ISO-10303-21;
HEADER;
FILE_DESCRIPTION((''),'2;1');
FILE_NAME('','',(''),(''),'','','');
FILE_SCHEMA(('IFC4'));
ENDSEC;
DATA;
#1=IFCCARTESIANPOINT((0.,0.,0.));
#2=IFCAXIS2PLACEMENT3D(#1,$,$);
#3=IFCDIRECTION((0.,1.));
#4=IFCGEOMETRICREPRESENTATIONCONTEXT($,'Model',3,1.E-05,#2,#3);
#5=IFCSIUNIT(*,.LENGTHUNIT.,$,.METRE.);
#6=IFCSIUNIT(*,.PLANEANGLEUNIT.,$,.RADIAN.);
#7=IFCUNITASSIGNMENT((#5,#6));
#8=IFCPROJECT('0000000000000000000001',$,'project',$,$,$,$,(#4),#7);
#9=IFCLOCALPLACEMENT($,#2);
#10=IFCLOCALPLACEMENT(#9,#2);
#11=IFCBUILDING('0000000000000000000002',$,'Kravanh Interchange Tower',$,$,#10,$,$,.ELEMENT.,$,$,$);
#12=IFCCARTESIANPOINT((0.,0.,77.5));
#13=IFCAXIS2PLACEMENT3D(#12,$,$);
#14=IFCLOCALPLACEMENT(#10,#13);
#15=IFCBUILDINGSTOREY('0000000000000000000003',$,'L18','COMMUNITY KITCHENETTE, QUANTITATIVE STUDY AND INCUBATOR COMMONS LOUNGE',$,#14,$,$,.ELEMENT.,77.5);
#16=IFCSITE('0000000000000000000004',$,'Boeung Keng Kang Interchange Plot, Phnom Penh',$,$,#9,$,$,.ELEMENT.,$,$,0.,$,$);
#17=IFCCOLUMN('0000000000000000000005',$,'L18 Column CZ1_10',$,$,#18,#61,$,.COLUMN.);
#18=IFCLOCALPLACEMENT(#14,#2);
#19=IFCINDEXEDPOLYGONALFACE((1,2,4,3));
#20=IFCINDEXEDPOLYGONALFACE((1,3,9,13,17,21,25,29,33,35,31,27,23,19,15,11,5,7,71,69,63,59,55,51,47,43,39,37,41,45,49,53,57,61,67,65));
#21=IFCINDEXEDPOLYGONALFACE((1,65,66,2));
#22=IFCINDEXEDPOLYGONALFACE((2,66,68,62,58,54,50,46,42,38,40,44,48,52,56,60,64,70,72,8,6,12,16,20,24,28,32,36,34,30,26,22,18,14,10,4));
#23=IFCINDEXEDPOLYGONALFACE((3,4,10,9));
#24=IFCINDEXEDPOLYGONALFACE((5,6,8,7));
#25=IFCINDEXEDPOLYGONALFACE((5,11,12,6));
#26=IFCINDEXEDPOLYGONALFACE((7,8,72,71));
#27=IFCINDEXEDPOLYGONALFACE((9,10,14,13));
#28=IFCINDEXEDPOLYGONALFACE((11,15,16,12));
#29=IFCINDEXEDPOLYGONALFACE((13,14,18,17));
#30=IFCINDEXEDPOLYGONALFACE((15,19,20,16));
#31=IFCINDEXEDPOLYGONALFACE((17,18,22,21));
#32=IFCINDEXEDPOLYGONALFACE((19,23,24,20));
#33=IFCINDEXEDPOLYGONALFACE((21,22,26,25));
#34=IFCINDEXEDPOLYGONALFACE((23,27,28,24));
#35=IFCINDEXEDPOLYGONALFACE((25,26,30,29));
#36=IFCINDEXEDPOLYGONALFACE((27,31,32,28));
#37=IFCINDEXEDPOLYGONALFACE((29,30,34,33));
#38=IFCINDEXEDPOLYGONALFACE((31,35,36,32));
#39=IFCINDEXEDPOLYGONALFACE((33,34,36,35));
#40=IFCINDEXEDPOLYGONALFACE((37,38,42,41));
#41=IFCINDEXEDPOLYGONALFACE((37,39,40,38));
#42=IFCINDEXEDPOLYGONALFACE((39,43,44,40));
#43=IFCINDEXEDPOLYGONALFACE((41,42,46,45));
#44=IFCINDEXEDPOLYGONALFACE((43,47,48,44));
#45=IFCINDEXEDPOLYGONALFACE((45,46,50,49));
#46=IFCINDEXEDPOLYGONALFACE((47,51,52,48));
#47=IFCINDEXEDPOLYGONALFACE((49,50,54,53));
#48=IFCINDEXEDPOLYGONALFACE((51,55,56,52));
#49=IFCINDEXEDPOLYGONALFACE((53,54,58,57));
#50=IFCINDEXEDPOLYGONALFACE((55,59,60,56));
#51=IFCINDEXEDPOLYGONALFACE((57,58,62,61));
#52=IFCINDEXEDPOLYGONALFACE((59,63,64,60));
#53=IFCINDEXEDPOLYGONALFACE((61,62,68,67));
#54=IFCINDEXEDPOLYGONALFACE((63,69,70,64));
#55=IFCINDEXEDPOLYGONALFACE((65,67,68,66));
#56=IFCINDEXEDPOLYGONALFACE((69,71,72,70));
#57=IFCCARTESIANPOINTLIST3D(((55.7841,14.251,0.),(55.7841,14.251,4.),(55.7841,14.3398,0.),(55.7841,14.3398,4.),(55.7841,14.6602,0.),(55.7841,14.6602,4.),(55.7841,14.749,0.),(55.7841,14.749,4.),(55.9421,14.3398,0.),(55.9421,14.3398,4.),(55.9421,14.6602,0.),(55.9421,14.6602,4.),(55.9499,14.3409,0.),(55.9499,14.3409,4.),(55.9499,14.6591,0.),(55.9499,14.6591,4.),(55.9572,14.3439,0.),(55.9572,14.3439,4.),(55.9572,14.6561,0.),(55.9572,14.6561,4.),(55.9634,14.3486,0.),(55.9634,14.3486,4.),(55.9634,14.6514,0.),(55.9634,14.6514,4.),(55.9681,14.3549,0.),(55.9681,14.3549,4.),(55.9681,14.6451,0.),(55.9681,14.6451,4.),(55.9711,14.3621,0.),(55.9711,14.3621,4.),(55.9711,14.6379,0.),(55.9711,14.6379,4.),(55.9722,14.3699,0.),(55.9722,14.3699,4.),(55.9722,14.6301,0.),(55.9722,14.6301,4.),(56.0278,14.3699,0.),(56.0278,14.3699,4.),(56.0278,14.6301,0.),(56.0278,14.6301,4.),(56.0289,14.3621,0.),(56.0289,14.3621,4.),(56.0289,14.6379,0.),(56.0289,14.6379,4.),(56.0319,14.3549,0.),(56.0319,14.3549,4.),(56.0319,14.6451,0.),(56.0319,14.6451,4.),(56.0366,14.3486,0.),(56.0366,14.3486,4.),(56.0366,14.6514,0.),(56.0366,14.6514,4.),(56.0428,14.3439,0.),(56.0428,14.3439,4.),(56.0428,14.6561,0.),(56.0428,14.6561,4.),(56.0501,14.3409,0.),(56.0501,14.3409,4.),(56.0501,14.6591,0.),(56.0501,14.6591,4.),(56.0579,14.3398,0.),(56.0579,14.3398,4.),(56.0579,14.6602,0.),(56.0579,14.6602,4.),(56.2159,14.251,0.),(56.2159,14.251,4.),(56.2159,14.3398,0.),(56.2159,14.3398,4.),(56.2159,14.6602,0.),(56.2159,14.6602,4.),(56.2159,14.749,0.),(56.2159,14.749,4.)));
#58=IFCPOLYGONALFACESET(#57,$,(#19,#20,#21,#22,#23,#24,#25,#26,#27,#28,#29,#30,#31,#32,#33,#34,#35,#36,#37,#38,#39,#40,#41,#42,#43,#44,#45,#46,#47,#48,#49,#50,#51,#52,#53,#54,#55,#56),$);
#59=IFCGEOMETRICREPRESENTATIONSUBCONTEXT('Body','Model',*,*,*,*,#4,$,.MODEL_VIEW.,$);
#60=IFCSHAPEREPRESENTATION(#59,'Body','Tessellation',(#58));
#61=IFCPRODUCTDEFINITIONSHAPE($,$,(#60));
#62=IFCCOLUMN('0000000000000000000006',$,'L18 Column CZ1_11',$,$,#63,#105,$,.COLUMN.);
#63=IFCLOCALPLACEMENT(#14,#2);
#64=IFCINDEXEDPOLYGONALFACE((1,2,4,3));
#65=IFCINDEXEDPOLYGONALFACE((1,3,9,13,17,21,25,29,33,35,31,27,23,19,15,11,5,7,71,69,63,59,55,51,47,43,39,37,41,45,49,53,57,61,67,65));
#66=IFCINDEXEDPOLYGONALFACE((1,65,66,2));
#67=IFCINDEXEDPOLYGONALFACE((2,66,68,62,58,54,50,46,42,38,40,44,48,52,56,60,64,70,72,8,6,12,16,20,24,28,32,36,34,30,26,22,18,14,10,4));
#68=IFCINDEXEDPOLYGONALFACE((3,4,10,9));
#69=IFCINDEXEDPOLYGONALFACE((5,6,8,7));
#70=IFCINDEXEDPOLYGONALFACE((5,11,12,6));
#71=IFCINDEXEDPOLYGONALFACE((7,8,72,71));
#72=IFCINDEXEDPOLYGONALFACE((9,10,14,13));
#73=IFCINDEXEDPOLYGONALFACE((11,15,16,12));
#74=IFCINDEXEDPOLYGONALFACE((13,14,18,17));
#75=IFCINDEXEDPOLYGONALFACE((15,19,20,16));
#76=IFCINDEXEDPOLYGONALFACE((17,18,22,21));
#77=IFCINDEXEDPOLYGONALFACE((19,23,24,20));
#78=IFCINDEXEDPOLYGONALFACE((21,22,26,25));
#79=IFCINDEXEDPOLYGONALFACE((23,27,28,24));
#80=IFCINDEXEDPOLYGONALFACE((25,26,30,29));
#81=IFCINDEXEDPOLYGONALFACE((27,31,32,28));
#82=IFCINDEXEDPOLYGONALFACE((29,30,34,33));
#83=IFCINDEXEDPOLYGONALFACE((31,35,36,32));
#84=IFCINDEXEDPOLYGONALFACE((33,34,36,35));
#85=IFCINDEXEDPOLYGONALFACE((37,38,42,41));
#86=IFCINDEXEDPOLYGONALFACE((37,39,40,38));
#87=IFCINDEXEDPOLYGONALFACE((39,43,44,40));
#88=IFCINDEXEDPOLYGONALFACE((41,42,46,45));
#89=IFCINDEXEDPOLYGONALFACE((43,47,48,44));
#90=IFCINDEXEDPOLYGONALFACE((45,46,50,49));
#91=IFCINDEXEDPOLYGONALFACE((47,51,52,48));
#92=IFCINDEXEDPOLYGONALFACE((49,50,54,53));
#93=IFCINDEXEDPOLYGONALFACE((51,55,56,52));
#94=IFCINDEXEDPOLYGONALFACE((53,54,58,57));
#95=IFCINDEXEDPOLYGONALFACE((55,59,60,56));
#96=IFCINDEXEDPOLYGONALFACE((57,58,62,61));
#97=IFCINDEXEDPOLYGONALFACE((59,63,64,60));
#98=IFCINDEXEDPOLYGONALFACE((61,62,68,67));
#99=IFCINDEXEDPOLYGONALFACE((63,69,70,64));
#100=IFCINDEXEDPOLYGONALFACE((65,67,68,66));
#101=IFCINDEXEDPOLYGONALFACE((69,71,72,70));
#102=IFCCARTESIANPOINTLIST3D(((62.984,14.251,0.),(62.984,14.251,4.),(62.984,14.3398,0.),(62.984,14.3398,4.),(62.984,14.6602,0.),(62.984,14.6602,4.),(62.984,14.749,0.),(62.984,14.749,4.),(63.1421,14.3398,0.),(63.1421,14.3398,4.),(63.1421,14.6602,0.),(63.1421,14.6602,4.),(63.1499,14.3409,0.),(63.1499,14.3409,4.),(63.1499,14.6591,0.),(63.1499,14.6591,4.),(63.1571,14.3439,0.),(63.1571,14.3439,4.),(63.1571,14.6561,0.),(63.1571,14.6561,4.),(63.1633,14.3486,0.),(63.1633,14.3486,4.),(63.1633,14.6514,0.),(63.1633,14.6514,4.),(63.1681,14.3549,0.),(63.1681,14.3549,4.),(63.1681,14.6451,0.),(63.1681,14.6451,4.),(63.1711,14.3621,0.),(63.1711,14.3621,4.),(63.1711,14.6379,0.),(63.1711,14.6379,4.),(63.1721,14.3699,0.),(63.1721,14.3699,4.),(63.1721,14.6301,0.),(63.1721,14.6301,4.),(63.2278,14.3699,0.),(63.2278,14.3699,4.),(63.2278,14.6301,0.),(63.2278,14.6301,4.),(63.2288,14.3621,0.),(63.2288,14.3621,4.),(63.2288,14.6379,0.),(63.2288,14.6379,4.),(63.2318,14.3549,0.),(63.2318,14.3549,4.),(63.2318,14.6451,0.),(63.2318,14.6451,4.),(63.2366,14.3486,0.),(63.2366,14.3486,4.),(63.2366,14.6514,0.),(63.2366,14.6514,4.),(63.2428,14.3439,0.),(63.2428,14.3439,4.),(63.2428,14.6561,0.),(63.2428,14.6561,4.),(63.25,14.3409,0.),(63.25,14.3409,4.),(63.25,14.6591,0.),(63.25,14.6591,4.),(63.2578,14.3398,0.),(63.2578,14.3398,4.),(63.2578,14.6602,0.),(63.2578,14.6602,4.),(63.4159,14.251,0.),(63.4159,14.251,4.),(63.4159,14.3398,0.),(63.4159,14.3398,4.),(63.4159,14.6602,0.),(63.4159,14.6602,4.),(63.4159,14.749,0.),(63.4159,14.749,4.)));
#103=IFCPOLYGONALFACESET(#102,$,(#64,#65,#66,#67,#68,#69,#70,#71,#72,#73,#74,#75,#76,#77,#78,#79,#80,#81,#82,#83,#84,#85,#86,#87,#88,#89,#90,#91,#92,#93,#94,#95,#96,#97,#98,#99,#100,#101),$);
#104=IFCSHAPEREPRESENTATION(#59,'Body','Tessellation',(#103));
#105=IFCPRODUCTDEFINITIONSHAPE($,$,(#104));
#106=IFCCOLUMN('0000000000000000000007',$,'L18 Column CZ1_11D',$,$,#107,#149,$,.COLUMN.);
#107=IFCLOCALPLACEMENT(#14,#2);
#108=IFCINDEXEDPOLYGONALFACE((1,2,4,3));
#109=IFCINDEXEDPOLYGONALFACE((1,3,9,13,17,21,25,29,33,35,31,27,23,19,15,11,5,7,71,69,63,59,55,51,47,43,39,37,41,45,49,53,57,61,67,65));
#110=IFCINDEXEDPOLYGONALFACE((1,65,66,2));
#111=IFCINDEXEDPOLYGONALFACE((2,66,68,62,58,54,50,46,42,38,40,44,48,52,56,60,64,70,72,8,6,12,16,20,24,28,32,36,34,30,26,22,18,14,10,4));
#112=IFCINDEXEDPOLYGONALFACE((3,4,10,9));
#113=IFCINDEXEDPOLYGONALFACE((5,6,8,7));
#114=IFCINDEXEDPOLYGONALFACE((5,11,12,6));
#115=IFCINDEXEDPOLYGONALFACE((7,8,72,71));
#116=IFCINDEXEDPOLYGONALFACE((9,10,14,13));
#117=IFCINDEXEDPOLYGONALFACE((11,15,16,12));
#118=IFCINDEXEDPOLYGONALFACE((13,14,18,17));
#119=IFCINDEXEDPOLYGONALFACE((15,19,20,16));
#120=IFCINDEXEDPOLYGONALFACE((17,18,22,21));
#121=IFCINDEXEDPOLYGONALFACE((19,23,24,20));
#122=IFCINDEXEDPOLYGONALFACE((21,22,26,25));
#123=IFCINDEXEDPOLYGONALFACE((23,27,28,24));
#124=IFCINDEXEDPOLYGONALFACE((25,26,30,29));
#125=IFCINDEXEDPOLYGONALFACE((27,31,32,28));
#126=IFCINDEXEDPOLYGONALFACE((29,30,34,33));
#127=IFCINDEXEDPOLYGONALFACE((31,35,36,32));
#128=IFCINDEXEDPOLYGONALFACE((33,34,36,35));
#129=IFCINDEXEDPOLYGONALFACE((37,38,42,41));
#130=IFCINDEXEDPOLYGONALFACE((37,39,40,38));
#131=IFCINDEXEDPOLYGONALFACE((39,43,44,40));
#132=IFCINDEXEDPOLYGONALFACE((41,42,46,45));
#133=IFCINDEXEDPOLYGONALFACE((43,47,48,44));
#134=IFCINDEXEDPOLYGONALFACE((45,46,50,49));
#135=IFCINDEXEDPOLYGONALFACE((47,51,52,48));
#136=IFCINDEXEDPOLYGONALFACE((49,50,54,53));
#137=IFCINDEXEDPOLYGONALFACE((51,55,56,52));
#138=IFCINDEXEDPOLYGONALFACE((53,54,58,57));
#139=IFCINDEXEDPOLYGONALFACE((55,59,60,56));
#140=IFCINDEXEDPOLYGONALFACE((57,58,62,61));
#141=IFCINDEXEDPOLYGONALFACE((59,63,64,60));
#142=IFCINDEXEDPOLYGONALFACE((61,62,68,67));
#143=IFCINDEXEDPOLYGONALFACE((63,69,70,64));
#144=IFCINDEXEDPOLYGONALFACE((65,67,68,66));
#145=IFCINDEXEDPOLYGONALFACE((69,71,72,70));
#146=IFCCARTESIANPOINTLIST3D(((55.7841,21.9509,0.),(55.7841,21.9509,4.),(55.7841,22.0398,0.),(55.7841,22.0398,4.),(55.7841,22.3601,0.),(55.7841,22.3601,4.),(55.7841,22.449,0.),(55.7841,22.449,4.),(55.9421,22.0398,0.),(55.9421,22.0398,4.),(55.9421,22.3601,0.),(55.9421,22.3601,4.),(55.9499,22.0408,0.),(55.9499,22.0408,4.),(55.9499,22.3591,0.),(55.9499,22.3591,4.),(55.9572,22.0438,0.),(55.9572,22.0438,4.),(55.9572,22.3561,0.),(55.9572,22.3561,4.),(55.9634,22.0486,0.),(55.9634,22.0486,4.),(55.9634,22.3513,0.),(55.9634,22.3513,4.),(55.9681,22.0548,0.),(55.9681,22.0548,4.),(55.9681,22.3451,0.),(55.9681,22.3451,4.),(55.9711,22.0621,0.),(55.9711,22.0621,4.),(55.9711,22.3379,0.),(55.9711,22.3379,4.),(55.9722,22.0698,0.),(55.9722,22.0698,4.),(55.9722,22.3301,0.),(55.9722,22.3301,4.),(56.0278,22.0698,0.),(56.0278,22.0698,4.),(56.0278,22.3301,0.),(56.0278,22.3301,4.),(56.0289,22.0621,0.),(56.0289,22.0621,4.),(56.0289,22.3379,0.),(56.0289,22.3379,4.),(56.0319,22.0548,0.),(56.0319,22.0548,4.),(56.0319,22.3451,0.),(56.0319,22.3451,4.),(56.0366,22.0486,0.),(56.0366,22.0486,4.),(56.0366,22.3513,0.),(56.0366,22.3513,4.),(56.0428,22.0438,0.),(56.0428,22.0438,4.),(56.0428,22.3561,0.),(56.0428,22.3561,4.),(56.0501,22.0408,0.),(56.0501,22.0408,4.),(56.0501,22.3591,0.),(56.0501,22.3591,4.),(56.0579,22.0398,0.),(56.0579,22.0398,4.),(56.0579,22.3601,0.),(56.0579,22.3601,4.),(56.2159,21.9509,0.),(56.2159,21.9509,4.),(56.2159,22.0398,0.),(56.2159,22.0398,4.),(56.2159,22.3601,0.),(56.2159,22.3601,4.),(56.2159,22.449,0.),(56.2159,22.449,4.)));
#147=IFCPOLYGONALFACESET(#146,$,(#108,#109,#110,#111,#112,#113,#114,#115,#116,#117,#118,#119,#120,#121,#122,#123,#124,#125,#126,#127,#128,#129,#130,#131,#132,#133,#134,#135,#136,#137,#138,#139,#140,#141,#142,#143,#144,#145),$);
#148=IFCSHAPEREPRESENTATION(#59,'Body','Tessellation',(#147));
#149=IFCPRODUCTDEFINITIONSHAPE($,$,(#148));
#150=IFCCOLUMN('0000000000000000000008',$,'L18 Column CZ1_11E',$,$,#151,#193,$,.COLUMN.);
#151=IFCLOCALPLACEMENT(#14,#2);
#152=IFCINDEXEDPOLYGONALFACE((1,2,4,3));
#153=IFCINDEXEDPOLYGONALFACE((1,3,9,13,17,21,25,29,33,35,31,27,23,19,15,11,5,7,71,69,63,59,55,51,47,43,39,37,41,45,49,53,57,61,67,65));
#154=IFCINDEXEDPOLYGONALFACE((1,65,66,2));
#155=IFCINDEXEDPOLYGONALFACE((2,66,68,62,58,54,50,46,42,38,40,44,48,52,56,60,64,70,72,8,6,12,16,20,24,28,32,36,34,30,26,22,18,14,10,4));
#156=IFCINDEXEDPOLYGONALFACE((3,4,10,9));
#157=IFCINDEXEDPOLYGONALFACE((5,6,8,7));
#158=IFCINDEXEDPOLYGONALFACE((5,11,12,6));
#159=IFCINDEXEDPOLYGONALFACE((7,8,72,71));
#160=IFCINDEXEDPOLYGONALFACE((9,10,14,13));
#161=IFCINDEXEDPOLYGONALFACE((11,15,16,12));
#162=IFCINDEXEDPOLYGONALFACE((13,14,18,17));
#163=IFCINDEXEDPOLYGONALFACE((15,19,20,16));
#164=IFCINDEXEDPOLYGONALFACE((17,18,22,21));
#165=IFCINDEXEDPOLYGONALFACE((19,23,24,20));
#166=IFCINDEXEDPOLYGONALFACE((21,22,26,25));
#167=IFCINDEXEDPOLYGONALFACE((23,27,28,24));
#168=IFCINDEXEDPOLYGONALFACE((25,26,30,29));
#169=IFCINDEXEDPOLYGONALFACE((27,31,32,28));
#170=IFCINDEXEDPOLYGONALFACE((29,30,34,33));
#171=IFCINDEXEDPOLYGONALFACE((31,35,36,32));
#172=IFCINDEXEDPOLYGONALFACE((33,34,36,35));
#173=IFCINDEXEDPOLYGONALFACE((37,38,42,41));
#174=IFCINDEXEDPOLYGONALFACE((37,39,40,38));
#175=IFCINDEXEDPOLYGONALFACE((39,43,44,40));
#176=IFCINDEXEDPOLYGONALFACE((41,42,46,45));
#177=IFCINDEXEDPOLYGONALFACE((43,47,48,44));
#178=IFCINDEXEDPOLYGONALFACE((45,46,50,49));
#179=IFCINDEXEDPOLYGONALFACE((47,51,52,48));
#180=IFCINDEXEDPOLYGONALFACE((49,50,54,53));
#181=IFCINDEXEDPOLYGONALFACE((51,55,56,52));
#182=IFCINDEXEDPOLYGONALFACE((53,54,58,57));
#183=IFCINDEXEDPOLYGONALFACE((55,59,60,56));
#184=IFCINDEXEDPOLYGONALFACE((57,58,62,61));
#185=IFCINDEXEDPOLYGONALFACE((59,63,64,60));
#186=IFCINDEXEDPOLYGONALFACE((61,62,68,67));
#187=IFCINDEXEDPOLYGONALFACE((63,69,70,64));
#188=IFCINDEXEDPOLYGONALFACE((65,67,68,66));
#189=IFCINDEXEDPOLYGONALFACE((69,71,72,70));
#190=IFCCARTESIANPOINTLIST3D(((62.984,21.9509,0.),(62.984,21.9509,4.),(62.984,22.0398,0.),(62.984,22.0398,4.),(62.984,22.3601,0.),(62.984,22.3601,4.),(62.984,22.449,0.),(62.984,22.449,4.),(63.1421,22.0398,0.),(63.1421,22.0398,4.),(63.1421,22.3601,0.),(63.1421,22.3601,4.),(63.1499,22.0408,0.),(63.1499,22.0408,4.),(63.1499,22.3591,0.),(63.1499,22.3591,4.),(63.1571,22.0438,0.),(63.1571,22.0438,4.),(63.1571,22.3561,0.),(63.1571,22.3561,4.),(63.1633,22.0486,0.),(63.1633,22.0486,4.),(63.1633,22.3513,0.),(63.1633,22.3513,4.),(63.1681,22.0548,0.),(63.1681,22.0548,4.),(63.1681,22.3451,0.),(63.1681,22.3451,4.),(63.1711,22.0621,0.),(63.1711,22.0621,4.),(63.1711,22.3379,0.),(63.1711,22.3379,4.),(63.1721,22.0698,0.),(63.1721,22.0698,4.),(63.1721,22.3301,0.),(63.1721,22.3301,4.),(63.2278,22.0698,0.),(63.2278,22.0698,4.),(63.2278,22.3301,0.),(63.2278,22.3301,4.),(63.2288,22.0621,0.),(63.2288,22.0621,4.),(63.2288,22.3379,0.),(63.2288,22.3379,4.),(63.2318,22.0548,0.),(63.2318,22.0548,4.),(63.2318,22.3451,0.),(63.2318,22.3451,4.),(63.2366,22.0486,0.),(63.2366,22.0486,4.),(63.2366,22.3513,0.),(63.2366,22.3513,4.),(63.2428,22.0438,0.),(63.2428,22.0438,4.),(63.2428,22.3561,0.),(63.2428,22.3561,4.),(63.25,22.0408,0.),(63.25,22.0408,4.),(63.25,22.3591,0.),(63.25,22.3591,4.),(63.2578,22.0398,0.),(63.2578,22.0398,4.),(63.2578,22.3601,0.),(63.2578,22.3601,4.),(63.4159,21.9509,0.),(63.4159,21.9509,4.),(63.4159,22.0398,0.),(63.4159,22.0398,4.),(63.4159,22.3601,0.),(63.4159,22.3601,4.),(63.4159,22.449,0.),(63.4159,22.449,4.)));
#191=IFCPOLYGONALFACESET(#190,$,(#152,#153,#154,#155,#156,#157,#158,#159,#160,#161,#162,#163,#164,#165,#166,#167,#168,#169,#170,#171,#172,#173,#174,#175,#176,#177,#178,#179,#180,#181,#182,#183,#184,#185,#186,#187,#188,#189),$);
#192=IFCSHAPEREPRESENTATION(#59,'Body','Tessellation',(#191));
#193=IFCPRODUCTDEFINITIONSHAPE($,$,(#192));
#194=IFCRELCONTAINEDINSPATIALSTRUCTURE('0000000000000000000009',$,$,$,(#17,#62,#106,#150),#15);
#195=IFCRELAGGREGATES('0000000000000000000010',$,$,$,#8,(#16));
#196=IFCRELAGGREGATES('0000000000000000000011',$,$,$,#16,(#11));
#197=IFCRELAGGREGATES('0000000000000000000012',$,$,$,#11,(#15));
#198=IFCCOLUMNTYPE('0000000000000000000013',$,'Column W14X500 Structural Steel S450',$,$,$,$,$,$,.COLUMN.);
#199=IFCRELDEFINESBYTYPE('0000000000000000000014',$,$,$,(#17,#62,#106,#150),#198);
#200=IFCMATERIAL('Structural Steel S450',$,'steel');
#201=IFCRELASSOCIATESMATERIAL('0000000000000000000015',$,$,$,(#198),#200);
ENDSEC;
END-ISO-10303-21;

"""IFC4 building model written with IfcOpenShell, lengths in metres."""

from ifc_helpers import new_model, si_unit, direction, frame, origin, origin_2d, place, context, subcontext, project, spatial, i_section, extrude, material, material_profile, profile_set, type_object, element, save


model = new_model("IFC4")

# Units and contexts
model_context = context("Model", 3, precision=1e-05, world=origin(), true_north=direction((0.0, 1.0)))
body_context = subcontext(model_context, "Body", "Model", "MODEL_VIEW")
ifc_project = project(units=[si_unit("LENGTHUNIT", "METRE"), si_unit("PLANEANGLEUNIT", "RADIAN")], contexts=[model_context])

# Site, building, storey
site_placement = place(None, origin())
site = spatial("IfcSite", under=ifc_project, at=site_placement, Name="Boeung Keng Kang Interchange Plot, Phnom Penh", CompositionType="ELEMENT", RefElevation=0.0)
building_placement = place(site_placement, origin())
building = spatial("IfcBuilding", under=site, at=building_placement, Name="Kravanh Interchange Tower", CompositionType="ELEMENT")
storey_placement = place(building_placement, frame((0.0, 0.0, 77.5)))
storey = spatial("IfcBuildingStorey", under=building, at=storey_placement, Name="L18", Description="COMMUNITY KITCHENETTE, QUANTITATIVE STUDY AND INCUBATOR COMMONS LOUNGE", CompositionType="ELEMENT", Elevation=77.5)

# Columns
ifc_material_1 = material(Name="Structural Steel S450", Category="steel")
ifc_material_profile_1 = material_profile(ifc_material_1, i_section(OverallWidth=0.4319, OverallDepth=0.498, WebThickness=0.0557, FlangeThickness=0.0889, FilletRadius=0.03, at=origin_2d()), Name="W14X500")
ifc_profile_set_1 = profile_set([ifc_material_profile_1], Name="Structural Steel S450")
column_type = type_object("IfcColumnType", Name="Column W14X500 Structural Steel S450", PredefinedType="COLUMN", material=ifc_profile_set_1)
for number, where, z_axis, x_axis, name in (
    (1, (56.0, 14.5, 0.0), (0.0, 0.0, 1.0), (1.0, 0.0, 0.0), "L18 Column CZ1_10"),
    (2, (63.2, 14.5, 0.0), (0.0, 0.0, 1.0), (1.0, 0.0, 0.0), "L18 Column CZ1_11"),
    (3, (56.0, 22.2, 0.0), (0.0, 0.0, 1.0), (1.0, 0.0, 0.0), "L18 Column CZ1_11D"),
    (4, (63.2, 22.2, 0.0), (0.0, 0.0, 1.0), (1.0, 0.0, 0.0), "L18 Column CZ1_11E"),
):
    element("IfcColumn", number, at=place(storey_placement, frame(where, z_axis=z_axis, x_axis=x_axis)), inside=storey, type_object=column_type, Name=name, PredefinedType="COLUMN", context=body_context, shape_type="SweptSolid", body=[
        extrude(i_section(OverallWidth=0.4319, OverallDepth=0.498, WebThickness=0.0557, FlangeThickness=0.0889, FilletRadius=0.03, at=origin_2d()), origin(), (0.0, 0.0, 1.0), 4.0),
    ])

save(model, "model.ifc")
